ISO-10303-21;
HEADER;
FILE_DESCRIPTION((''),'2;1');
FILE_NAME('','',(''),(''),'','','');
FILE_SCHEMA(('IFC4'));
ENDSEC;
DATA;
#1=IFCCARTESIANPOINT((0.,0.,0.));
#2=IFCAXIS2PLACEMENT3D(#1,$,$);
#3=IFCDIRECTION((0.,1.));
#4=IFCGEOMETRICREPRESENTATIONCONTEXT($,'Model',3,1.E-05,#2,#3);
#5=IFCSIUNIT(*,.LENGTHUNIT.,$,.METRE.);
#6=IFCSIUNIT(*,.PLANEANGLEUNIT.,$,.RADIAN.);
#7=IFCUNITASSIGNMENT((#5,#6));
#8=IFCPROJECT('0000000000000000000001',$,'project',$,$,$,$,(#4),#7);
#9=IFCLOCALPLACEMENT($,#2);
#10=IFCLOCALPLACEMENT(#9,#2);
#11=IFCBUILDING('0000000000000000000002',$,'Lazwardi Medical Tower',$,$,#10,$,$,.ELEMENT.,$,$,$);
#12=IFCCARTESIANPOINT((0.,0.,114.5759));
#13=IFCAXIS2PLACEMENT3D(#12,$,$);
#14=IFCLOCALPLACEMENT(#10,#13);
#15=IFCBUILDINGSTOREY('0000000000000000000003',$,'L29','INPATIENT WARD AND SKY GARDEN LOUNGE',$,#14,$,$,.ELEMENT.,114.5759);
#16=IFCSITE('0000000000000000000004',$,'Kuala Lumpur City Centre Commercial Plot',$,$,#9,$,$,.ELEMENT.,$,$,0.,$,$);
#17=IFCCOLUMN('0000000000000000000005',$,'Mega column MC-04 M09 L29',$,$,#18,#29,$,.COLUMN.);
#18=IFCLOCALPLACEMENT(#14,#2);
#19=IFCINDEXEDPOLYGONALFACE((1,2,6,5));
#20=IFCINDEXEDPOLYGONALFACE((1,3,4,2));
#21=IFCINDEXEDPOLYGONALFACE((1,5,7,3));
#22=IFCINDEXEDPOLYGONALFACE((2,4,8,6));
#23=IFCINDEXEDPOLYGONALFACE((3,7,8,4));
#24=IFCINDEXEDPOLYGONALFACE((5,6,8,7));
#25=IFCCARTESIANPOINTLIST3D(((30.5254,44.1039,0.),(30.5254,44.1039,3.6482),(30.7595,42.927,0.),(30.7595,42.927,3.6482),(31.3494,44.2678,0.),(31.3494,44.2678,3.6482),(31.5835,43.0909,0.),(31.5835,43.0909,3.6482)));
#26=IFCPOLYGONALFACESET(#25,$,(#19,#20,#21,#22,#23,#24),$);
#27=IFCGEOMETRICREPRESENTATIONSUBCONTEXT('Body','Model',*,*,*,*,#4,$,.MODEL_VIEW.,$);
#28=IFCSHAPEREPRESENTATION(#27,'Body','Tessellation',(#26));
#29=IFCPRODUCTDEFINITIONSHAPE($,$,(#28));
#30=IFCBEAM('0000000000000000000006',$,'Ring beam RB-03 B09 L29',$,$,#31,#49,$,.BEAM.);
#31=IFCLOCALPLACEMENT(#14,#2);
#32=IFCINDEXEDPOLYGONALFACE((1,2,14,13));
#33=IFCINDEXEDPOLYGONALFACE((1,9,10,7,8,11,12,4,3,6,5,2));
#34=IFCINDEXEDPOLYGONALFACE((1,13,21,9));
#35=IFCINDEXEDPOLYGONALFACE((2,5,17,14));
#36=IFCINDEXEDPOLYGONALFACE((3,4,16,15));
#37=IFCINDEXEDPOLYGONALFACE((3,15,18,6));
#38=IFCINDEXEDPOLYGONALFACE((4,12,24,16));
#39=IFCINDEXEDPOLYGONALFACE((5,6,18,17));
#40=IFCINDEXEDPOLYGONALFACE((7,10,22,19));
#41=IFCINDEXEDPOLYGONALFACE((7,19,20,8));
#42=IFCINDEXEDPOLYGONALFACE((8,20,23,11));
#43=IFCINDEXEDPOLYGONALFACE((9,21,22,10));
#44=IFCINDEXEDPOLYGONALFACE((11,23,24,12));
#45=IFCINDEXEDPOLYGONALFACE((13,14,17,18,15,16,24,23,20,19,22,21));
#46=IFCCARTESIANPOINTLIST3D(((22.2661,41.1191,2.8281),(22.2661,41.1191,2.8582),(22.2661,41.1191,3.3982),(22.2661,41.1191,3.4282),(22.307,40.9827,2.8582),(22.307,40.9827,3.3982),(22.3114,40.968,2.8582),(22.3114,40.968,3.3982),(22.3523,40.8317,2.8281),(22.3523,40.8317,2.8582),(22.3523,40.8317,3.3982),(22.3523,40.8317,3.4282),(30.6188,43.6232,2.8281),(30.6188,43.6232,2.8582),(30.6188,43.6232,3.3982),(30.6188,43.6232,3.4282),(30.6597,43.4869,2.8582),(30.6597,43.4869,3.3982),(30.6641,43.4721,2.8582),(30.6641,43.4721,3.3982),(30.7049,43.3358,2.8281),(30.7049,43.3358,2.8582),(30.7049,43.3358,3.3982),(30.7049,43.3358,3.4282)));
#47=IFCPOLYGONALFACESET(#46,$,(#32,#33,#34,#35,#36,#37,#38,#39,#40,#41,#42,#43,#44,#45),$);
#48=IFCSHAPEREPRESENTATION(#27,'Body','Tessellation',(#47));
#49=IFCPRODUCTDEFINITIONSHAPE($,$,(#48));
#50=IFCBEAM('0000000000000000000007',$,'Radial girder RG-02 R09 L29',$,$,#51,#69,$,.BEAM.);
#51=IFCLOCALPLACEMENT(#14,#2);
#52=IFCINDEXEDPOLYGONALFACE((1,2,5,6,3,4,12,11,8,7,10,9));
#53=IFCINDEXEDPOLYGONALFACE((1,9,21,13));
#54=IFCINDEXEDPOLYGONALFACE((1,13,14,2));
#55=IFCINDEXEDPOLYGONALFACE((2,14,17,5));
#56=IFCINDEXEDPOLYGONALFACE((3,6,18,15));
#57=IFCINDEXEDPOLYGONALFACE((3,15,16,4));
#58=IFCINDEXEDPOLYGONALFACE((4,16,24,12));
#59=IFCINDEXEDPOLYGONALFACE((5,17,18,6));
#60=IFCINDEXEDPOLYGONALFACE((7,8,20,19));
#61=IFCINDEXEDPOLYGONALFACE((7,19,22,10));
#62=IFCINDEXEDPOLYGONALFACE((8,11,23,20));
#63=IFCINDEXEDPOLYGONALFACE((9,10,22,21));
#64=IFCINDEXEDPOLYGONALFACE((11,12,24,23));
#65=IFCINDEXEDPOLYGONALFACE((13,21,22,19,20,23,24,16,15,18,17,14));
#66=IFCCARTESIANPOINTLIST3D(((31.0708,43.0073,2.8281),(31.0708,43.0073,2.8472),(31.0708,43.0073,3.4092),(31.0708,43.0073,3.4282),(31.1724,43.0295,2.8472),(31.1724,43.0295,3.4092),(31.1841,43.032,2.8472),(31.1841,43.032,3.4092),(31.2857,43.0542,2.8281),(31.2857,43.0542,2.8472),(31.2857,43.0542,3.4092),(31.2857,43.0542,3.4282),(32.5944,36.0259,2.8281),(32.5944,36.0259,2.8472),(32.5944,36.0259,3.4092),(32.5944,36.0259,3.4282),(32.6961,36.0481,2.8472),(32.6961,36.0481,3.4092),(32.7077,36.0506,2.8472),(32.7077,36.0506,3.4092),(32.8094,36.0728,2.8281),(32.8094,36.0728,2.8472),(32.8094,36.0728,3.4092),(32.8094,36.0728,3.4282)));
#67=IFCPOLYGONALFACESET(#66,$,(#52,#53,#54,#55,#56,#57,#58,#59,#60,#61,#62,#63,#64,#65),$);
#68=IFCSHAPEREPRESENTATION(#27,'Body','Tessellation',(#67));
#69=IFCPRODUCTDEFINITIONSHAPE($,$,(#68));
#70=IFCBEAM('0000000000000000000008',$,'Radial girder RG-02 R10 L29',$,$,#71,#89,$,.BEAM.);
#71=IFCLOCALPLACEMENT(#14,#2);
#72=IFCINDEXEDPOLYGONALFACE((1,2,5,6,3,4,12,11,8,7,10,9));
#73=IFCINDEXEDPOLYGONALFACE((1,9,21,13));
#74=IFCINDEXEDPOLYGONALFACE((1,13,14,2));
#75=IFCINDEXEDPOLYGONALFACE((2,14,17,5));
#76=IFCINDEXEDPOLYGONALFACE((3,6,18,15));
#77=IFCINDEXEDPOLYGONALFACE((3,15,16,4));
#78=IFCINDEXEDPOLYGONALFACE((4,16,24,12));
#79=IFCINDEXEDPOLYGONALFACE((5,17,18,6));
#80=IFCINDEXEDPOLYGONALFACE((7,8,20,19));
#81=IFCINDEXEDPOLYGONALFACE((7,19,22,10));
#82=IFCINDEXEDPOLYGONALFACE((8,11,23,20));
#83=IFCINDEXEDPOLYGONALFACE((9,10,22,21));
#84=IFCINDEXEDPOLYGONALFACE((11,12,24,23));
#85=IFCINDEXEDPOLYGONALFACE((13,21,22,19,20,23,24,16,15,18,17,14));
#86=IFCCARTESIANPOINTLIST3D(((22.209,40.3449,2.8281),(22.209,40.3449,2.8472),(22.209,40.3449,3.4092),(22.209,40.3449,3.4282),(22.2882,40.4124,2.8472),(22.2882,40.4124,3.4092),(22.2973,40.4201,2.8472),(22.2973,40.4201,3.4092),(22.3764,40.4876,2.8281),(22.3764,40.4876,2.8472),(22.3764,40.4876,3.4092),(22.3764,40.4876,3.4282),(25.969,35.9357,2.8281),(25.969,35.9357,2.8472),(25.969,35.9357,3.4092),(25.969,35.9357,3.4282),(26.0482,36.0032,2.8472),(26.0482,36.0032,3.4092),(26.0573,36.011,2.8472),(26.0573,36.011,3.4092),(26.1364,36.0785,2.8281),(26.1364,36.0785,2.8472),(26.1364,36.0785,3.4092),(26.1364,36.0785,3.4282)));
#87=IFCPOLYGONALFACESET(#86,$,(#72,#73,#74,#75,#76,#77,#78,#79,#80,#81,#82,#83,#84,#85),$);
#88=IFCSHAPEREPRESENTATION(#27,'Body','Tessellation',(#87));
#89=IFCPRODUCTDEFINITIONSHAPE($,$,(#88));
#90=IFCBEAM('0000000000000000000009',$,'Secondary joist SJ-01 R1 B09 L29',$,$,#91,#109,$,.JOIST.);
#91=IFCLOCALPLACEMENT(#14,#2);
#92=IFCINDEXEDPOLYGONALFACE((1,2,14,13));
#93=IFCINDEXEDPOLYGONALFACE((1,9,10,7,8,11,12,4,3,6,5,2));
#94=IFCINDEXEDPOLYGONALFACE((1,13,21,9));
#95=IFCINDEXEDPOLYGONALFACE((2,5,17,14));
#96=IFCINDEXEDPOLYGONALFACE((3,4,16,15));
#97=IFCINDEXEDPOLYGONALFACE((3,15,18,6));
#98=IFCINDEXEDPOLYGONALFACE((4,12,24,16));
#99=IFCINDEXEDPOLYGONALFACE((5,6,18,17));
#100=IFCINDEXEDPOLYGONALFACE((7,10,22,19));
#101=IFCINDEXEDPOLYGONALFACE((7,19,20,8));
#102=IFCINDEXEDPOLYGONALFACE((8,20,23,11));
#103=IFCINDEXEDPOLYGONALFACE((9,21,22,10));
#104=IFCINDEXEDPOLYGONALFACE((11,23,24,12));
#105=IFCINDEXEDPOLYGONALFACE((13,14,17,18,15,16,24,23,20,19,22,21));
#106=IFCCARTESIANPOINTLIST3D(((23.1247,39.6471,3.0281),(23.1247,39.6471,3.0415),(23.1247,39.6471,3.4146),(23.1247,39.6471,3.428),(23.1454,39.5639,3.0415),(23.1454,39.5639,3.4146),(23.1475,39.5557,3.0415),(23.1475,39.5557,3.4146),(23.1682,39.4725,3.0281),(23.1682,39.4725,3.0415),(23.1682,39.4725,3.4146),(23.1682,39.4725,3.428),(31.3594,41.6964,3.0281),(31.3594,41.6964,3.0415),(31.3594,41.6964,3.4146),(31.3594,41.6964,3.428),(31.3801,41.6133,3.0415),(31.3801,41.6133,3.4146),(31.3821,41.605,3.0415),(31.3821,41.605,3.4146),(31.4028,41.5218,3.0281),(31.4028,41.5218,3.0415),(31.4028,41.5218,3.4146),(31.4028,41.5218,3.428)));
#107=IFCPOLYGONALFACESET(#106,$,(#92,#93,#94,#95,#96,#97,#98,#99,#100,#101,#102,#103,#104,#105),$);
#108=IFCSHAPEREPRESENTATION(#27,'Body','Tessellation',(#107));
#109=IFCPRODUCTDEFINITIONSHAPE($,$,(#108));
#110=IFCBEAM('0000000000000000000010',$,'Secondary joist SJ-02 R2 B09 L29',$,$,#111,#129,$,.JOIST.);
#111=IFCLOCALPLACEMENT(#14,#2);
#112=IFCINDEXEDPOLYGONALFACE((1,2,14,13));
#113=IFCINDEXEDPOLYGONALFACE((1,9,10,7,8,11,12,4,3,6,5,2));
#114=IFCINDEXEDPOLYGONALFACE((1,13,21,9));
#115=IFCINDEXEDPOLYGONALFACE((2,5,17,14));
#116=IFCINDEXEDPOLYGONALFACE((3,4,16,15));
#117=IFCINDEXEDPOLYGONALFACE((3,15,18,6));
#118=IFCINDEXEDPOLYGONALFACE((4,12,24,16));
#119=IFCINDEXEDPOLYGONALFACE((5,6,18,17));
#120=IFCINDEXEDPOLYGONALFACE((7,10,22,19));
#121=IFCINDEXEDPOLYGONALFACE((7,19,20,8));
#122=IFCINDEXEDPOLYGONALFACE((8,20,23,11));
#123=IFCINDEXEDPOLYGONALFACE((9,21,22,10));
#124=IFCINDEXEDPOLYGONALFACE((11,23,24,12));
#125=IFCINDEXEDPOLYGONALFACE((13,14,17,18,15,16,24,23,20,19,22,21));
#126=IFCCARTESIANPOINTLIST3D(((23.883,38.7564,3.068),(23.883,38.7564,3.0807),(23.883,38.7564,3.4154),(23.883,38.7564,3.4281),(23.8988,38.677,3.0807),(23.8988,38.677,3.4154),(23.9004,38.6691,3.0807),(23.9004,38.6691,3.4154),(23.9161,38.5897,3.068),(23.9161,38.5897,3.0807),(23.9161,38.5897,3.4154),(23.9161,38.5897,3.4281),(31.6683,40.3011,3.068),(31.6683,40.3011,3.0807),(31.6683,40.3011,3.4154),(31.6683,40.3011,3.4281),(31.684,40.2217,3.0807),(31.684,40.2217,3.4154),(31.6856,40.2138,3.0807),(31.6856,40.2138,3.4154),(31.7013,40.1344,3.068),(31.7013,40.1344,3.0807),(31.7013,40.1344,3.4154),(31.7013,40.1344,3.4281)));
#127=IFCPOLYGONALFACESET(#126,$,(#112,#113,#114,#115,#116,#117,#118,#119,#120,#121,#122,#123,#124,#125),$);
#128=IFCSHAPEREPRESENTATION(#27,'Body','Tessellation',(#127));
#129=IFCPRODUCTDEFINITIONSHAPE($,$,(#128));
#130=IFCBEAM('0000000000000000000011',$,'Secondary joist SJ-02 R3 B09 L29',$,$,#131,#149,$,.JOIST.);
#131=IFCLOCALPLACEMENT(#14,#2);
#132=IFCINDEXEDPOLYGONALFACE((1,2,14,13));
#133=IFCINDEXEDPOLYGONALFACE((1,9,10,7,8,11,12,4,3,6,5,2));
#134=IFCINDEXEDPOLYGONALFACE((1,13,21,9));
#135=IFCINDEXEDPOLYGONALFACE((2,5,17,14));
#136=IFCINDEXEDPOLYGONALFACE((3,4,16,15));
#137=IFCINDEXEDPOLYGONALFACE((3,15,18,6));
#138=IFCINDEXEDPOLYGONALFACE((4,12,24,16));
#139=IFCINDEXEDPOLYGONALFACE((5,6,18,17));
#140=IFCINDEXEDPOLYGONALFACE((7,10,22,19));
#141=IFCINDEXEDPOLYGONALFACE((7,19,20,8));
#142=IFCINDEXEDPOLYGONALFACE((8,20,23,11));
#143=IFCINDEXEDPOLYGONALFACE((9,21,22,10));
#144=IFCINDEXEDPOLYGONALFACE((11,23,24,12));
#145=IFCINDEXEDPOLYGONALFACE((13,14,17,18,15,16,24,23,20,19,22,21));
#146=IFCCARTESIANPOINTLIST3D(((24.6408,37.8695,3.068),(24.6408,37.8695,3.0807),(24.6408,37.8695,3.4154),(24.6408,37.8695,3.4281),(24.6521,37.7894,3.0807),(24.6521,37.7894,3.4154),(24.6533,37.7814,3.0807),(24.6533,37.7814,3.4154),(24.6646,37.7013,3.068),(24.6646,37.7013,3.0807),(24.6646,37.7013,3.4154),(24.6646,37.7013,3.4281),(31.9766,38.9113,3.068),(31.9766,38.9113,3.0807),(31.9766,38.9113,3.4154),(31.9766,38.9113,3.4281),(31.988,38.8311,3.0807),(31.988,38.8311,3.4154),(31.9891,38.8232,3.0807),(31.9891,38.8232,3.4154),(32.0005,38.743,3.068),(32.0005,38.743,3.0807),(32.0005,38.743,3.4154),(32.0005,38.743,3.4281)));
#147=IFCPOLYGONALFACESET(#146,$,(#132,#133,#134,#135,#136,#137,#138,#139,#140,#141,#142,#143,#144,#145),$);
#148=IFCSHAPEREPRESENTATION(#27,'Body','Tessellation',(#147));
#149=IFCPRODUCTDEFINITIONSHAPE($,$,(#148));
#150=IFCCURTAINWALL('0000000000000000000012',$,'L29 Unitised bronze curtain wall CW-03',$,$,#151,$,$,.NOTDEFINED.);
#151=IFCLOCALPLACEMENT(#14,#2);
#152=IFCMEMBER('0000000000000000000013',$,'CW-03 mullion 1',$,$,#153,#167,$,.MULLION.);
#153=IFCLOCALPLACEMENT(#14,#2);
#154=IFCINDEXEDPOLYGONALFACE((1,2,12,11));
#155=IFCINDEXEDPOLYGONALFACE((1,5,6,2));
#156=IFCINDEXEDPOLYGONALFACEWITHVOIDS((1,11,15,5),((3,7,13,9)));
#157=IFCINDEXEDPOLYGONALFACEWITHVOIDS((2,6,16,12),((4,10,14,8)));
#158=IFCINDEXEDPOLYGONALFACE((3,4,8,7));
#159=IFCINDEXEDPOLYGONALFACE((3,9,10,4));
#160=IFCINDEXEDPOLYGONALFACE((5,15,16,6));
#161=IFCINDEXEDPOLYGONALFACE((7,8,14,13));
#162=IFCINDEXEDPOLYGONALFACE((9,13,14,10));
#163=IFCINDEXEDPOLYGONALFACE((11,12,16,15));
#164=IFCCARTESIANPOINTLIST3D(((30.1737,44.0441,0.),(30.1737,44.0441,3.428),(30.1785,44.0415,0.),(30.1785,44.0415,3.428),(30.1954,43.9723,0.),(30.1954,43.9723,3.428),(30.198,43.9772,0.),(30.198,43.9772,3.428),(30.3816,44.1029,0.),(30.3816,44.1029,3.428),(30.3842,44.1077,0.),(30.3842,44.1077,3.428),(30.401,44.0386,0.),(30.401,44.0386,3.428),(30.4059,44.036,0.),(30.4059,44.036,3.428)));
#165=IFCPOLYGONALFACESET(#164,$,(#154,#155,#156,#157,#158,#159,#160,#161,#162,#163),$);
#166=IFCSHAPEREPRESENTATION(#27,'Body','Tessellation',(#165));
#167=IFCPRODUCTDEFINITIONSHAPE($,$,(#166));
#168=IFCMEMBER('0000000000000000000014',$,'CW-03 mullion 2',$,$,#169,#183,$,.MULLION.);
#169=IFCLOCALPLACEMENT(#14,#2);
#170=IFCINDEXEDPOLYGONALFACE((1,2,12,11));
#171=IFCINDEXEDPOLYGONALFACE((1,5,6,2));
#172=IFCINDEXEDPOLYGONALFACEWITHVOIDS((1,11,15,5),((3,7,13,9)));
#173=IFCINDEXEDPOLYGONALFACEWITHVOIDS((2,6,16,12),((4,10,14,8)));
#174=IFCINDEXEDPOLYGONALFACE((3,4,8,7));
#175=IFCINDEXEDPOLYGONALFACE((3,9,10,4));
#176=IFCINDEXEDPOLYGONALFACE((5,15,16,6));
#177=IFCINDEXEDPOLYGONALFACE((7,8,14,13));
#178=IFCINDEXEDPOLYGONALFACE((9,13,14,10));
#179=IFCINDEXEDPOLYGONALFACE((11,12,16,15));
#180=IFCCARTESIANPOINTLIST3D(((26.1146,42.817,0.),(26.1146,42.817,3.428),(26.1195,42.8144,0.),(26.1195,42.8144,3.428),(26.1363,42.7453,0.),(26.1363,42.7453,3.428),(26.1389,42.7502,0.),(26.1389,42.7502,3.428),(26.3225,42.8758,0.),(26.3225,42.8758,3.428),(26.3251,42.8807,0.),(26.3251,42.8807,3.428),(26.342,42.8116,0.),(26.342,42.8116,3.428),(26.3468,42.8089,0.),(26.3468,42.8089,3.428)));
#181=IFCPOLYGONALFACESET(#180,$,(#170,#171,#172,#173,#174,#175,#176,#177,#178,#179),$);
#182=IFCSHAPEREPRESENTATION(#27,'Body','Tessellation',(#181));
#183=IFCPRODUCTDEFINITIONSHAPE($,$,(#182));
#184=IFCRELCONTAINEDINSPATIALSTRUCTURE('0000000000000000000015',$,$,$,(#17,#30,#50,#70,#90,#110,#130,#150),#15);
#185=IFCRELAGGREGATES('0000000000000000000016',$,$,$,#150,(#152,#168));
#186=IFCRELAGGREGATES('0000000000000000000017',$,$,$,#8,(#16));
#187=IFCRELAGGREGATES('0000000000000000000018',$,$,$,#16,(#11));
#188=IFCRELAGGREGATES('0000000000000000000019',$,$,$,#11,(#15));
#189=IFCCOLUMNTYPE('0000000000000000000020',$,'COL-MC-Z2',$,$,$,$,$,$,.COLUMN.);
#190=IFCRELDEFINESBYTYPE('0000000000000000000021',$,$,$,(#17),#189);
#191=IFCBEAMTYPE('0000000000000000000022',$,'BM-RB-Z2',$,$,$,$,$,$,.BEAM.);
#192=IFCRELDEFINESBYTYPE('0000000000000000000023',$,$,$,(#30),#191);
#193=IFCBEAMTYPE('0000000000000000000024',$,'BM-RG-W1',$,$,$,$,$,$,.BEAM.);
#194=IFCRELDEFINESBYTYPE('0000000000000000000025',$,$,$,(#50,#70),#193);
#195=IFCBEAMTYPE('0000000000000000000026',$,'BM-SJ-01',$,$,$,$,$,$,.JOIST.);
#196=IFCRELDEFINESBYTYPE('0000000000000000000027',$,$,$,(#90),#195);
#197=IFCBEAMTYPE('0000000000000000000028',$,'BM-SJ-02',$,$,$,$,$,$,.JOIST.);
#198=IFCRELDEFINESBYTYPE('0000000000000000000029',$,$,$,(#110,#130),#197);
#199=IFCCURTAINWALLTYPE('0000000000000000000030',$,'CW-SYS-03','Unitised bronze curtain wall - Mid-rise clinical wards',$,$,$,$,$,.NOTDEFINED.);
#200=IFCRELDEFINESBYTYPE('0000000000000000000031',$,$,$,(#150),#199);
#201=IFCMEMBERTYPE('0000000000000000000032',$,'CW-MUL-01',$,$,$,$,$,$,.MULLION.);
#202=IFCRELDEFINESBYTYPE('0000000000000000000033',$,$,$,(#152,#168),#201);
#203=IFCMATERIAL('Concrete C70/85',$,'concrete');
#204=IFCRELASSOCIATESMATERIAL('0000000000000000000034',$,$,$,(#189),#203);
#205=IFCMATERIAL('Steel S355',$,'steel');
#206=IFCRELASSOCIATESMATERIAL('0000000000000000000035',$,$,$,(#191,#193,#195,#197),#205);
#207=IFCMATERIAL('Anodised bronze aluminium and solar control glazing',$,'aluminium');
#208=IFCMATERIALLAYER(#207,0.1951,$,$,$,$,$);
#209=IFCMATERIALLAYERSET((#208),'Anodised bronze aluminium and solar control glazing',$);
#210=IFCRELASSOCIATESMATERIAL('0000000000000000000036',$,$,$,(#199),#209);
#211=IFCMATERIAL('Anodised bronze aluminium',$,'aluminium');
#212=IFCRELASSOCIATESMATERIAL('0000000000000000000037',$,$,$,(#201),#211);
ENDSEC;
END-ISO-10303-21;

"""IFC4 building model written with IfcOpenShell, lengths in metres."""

from ifc_helpers import new_model, si_unit, direction, frame, origin, origin_2d, place, context, subcontext, project, spatial, rectangle, hollow_rectangle, i_section, extrude, material, layer, layer_set, material_profile, profile_set, type_object, element, aggregate, save


model = new_model("IFC4")

# Units and contexts
model_context = context("Model", 3, precision=1e-05, world=origin(), true_north=direction((0.0, 1.0)))
body_context = subcontext(model_context, "Body", "Model", "MODEL_VIEW")
ifc_project = project(units=[si_unit("LENGTHUNIT", "METRE"), si_unit("PLANEANGLEUNIT", "RADIAN")], contexts=[model_context])

# Site, building, storey
site_placement = place(None, origin())
site = spatial("IfcSite", under=ifc_project, at=site_placement, Name="Kuala Lumpur City Centre Commercial Plot", CompositionType="ELEMENT", RefElevation=0.0)
building_placement = place(site_placement, origin())
building = spatial("IfcBuilding", under=site, at=building_placement, Name="Lazwardi Medical Tower", CompositionType="ELEMENT")
storey_placement = place(building_placement, frame((0.0, 0.0, 114.5759)))
storey = spatial("IfcBuildingStorey", under=building, at=storey_placement, Name="L29", Description="INPATIENT WARD AND SKY GARDEN LOUNGE", CompositionType="ELEMENT", Elevation=114.5759)

# Column
ifc_material_1 = material(Name="Concrete C70/85", Category="concrete")
ifc_material_profile_1 = material_profile(ifc_material_1, rectangle(XDim=1.2, YDim=0.8401, at=origin_2d()), Name="CFT-RECT 1200x840")
ifc_profile_set_1 = profile_set([ifc_material_profile_1], Name="Concrete C70/85")
column_type = type_object("IfcColumnType", Name="COL-MC-Z2", PredefinedType="COLUMN", material=ifc_profile_set_1)
column_placement = place(storey_placement, frame((31.0544, 43.5974, 0.0), z_axis=(0.0, 0.0, 1.0), x_axis=(-0.19509, 0.980785, 0.0)))
element("IfcColumn", 1, at=column_placement, inside=storey, type_object=column_type, Name="Mega column MC-04 M09 L29", PredefinedType="COLUMN", context=body_context, shape_type="SweptSolid", body=[
    extrude(rectangle(XDim=1.2, YDim=0.8401, at=origin_2d()), origin(), (0.0, 0.0, 1.0), 3.6482),
])

# Beams
ifc_material_2 = material(Name="Steel S355", Category="steel")
ifc_material_profile_2 = material_profile(ifc_material_2, i_section(OverallWidth=0.3, OverallDepth=0.6001, WebThickness=0.0154, FlangeThickness=0.03, at=origin_2d()), Name="HEB 600")
ifc_profile_set_2 = profile_set([ifc_material_profile_2], Name="Steel S355")
beam_type_1 = type_object("IfcBeamType", Name="BM-RB-Z2", PredefinedType="BEAM", material=ifc_profile_set_2)
beam_1_placement = place(storey_placement, frame((30.6619, 43.4795, 3.1282), z_axis=(-0.957879, -0.287171, 0.0), x_axis=(0.287171, -0.957879, 0.0)))
element("IfcBeam", 2, at=beam_1_placement, inside=storey, type_object=beam_type_1, Name="Ring beam RB-03 B09 L29", PredefinedType="BEAM", context=body_context, shape_type="SweptSolid", body=[
    extrude(i_section(OverallWidth=0.3, OverallDepth=0.6001, WebThickness=0.0154, FlangeThickness=0.03, at=origin_2d()), origin(), (0.0, 0.0, 1.0), 8.72),
])
ifc_material_profile_3 = material_profile(ifc_material_2, i_section(OverallWidth=0.22, OverallDepth=0.6001, WebThickness=0.012, FlangeThickness=0.019, at=origin_2d()), Name="IPE 600")
ifc_profile_set_3 = profile_set([ifc_material_profile_3], Name="Steel S355")
beam_type_2 = type_object("IfcBeamType", Name="BM-RG-W1", PredefinedType="BEAM", material=ifc_profile_set_3)
beam_2_placement = place(storey_placement, frame((31.1782, 43.0308, 3.1282), z_axis=(0.213228, -0.977002, 0.0), x_axis=(0.977002, 0.213228, 0.0)))
element("IfcBeam", 3, at=beam_2_placement, inside=storey, type_object=beam_type_2, Name="Radial girder RG-02 R09 L29", PredefinedType="BEAM", context=body_context, shape_type="SweptSolid", body=[
    extrude(i_section(OverallWidth=0.22, OverallDepth=0.6001, WebThickness=0.012, FlangeThickness=0.019, at=origin_2d()), origin(), (0.0, 0.0, 1.0), 7.1458),
])
beam_3_placement = place(storey_placement, frame((22.2927, 40.4163, 3.1282), z_axis=(0.648871, -0.760899, 0.0), x_axis=(0.760899, 0.648871, 0.0)))
element("IfcBeam", 4, at=beam_3_placement, inside=storey, type_object=beam_type_2, Name="Radial girder RG-02 R10 L29", PredefinedType="BEAM", context=body_context, shape_type="SweptSolid", body=[
    extrude(i_section(OverallWidth=0.22, OverallDepth=0.6001, WebThickness=0.012, FlangeThickness=0.019, at=origin_2d()), origin(), (0.0, 0.0, 1.0), 5.7947),
])
ifc_material_profile_4 = material_profile(ifc_material_2, i_section(OverallWidth=0.1799, OverallDepth=0.3999, WebThickness=0.0085, FlangeThickness=0.0134, at=origin_2d()), Name="IPE 400")
ifc_profile_set_4 = profile_set([ifc_material_profile_4], Name="Steel S355")
beam_type_3 = type_object("IfcBeamType", Name="BM-SJ-01", PredefinedType="JOIST", material=ifc_profile_set_4)
beam_4_placement = place(storey_placement, frame((31.3811, 41.6091, 3.228), z_axis=(-0.970401, -0.2415, 0.0), x_axis=(0.2415, -0.970401, 0.0)))
element("IfcBeam", 5, at=beam_4_placement, inside=storey, type_object=beam_type_3, Name="Secondary joist SJ-01 R1 B09 L29", PredefinedType="JOIST", context=body_context, shape_type="SweptSolid", body=[
    extrude(i_section(OverallWidth=0.1799, OverallDepth=0.3999, WebThickness=0.0085, FlangeThickness=0.0134, at=origin_2d()), origin(), (0.0, 0.0, 1.0), 8.4858),
])
ifc_material_profile_5 = material_profile(ifc_material_2, i_section(OverallWidth=0.1699, OverallDepth=0.3601, WebThickness=0.0081, FlangeThickness=0.0127, at=origin_2d()), Name="IPE 360")
ifc_profile_set_5 = profile_set([ifc_material_profile_5], Name="Steel S355")
beam_type_4 = type_object("IfcBeamType", Name="BM-SJ-02", PredefinedType="JOIST", material=ifc_profile_set_5)
beam_5_placement = place(storey_placement, frame((31.6848, 40.2178, 3.248), z_axis=(-0.980879, -0.194619, 0.0), x_axis=(0.194619, -0.980879, 0.0)))
element("IfcBeam", 6, at=beam_5_placement, inside=storey, type_object=beam_type_4, Name="Secondary joist SJ-02 R2 B09 L29", PredefinedType="JOIST", context=body_context, shape_type="SweptSolid", body=[
    extrude(i_section(OverallWidth=0.1699, OverallDepth=0.3601, WebThickness=0.0081, FlangeThickness=0.0127, at=origin_2d()), origin(), (0.0, 0.0, 1.0), 7.937),
])
beam_6_placement = place(storey_placement, frame((31.9885, 38.8271, 3.248), z_axis=(-0.990067, -0.140596, 0.0), x_axis=(0.140596, -0.990067, 0.0)))
element("IfcBeam", 7, at=beam_6_placement, inside=storey, type_object=beam_type_4, Name="Secondary joist SJ-02 R3 B09 L29", PredefinedType="JOIST", context=body_context, shape_type="SweptSolid", body=[
    extrude(i_section(OverallWidth=0.1699, OverallDepth=0.3601, WebThickness=0.0081, FlangeThickness=0.0127, at=origin_2d()), origin(), (0.0, 0.0, 1.0), 7.4094),
])

# Curtain wall, members
ifc_material_3 = material(Name="Anodised bronze aluminium and solar control glazing", Category="aluminium")
ifc_layer_1 = layer(ifc_material_3, 0.1951)
ifc_layer_set_1 = layer_set([ifc_layer_1], Name="Anodised bronze aluminium and solar control glazing")
curtain_wall_type_1 = type_object("IfcCurtainWallType", Name="CW-SYS-03", Description="Unitised bronze curtain wall - Mid-rise clinical wards", PredefinedType="NOTDEFINED", material=ifc_layer_set_1)
curtain_wall_1_placement = place(storey_placement, origin())
curtain_wall_1 = element("IfcCurtainWall", 8, at=curtain_wall_1_placement, inside=storey, type_object=curtain_wall_type_1, Name="L29 Unitised bronze curtain wall CW-03", PredefinedType="NOTDEFINED")
ifc_material_4 = material(Name="Anodised bronze aluminium", Category="aluminium")
ifc_material_profile_6 = material_profile(ifc_material_4, hollow_rectangle(XDim=0.075, YDim=0.22, WallThickness=0.0039, at=origin_2d()), Name="ALU-MULLION 220x75x4")
ifc_profile_set_6 = profile_set([ifc_material_profile_6], Name="Anodised bronze aluminium")
member_type_1 = type_object("IfcMemberType", Name="CW-MUL-01", PredefinedType="MULLION", material=ifc_profile_set_6)
member_1_placement = place(storey_placement, frame((30.2898, 44.04, 0.0), z_axis=(0.0, 0.0, 1.0), x_axis=(0.289374, -0.957216, 0.0)))
member_1 = element("IfcMember", 9, at=member_1_placement, type_object=member_type_1, Name="CW-03 mullion 1", PredefinedType="MULLION", context=body_context, shape_type="SweptSolid", body=[
    extrude(hollow_rectangle(XDim=0.075, YDim=0.22, WallThickness=0.0039, at=origin_2d()), origin(), (0.0, 0.0, 1.0), 3.428),
])
member_2_placement = place(storey_placement, frame((26.2307, 42.813, 0.0), z_axis=(0.0, 0.0, 1.0), x_axis=(0.289374, -0.957216, 0.0)))
member_2 = element("IfcMember", 10, at=member_2_placement, type_object=member_type_1, Name="CW-03 mullion 2", PredefinedType="MULLION", context=body_context, shape_type="SweptSolid", body=[
    extrude(hollow_rectangle(XDim=0.075, YDim=0.22, WallThickness=0.0039, at=origin_2d()), origin(), (0.0, 0.0, 1.0), 3.428),
])

aggregate(curtain_wall_1, [member_1, member_2])

save(model, "model.ifc")
